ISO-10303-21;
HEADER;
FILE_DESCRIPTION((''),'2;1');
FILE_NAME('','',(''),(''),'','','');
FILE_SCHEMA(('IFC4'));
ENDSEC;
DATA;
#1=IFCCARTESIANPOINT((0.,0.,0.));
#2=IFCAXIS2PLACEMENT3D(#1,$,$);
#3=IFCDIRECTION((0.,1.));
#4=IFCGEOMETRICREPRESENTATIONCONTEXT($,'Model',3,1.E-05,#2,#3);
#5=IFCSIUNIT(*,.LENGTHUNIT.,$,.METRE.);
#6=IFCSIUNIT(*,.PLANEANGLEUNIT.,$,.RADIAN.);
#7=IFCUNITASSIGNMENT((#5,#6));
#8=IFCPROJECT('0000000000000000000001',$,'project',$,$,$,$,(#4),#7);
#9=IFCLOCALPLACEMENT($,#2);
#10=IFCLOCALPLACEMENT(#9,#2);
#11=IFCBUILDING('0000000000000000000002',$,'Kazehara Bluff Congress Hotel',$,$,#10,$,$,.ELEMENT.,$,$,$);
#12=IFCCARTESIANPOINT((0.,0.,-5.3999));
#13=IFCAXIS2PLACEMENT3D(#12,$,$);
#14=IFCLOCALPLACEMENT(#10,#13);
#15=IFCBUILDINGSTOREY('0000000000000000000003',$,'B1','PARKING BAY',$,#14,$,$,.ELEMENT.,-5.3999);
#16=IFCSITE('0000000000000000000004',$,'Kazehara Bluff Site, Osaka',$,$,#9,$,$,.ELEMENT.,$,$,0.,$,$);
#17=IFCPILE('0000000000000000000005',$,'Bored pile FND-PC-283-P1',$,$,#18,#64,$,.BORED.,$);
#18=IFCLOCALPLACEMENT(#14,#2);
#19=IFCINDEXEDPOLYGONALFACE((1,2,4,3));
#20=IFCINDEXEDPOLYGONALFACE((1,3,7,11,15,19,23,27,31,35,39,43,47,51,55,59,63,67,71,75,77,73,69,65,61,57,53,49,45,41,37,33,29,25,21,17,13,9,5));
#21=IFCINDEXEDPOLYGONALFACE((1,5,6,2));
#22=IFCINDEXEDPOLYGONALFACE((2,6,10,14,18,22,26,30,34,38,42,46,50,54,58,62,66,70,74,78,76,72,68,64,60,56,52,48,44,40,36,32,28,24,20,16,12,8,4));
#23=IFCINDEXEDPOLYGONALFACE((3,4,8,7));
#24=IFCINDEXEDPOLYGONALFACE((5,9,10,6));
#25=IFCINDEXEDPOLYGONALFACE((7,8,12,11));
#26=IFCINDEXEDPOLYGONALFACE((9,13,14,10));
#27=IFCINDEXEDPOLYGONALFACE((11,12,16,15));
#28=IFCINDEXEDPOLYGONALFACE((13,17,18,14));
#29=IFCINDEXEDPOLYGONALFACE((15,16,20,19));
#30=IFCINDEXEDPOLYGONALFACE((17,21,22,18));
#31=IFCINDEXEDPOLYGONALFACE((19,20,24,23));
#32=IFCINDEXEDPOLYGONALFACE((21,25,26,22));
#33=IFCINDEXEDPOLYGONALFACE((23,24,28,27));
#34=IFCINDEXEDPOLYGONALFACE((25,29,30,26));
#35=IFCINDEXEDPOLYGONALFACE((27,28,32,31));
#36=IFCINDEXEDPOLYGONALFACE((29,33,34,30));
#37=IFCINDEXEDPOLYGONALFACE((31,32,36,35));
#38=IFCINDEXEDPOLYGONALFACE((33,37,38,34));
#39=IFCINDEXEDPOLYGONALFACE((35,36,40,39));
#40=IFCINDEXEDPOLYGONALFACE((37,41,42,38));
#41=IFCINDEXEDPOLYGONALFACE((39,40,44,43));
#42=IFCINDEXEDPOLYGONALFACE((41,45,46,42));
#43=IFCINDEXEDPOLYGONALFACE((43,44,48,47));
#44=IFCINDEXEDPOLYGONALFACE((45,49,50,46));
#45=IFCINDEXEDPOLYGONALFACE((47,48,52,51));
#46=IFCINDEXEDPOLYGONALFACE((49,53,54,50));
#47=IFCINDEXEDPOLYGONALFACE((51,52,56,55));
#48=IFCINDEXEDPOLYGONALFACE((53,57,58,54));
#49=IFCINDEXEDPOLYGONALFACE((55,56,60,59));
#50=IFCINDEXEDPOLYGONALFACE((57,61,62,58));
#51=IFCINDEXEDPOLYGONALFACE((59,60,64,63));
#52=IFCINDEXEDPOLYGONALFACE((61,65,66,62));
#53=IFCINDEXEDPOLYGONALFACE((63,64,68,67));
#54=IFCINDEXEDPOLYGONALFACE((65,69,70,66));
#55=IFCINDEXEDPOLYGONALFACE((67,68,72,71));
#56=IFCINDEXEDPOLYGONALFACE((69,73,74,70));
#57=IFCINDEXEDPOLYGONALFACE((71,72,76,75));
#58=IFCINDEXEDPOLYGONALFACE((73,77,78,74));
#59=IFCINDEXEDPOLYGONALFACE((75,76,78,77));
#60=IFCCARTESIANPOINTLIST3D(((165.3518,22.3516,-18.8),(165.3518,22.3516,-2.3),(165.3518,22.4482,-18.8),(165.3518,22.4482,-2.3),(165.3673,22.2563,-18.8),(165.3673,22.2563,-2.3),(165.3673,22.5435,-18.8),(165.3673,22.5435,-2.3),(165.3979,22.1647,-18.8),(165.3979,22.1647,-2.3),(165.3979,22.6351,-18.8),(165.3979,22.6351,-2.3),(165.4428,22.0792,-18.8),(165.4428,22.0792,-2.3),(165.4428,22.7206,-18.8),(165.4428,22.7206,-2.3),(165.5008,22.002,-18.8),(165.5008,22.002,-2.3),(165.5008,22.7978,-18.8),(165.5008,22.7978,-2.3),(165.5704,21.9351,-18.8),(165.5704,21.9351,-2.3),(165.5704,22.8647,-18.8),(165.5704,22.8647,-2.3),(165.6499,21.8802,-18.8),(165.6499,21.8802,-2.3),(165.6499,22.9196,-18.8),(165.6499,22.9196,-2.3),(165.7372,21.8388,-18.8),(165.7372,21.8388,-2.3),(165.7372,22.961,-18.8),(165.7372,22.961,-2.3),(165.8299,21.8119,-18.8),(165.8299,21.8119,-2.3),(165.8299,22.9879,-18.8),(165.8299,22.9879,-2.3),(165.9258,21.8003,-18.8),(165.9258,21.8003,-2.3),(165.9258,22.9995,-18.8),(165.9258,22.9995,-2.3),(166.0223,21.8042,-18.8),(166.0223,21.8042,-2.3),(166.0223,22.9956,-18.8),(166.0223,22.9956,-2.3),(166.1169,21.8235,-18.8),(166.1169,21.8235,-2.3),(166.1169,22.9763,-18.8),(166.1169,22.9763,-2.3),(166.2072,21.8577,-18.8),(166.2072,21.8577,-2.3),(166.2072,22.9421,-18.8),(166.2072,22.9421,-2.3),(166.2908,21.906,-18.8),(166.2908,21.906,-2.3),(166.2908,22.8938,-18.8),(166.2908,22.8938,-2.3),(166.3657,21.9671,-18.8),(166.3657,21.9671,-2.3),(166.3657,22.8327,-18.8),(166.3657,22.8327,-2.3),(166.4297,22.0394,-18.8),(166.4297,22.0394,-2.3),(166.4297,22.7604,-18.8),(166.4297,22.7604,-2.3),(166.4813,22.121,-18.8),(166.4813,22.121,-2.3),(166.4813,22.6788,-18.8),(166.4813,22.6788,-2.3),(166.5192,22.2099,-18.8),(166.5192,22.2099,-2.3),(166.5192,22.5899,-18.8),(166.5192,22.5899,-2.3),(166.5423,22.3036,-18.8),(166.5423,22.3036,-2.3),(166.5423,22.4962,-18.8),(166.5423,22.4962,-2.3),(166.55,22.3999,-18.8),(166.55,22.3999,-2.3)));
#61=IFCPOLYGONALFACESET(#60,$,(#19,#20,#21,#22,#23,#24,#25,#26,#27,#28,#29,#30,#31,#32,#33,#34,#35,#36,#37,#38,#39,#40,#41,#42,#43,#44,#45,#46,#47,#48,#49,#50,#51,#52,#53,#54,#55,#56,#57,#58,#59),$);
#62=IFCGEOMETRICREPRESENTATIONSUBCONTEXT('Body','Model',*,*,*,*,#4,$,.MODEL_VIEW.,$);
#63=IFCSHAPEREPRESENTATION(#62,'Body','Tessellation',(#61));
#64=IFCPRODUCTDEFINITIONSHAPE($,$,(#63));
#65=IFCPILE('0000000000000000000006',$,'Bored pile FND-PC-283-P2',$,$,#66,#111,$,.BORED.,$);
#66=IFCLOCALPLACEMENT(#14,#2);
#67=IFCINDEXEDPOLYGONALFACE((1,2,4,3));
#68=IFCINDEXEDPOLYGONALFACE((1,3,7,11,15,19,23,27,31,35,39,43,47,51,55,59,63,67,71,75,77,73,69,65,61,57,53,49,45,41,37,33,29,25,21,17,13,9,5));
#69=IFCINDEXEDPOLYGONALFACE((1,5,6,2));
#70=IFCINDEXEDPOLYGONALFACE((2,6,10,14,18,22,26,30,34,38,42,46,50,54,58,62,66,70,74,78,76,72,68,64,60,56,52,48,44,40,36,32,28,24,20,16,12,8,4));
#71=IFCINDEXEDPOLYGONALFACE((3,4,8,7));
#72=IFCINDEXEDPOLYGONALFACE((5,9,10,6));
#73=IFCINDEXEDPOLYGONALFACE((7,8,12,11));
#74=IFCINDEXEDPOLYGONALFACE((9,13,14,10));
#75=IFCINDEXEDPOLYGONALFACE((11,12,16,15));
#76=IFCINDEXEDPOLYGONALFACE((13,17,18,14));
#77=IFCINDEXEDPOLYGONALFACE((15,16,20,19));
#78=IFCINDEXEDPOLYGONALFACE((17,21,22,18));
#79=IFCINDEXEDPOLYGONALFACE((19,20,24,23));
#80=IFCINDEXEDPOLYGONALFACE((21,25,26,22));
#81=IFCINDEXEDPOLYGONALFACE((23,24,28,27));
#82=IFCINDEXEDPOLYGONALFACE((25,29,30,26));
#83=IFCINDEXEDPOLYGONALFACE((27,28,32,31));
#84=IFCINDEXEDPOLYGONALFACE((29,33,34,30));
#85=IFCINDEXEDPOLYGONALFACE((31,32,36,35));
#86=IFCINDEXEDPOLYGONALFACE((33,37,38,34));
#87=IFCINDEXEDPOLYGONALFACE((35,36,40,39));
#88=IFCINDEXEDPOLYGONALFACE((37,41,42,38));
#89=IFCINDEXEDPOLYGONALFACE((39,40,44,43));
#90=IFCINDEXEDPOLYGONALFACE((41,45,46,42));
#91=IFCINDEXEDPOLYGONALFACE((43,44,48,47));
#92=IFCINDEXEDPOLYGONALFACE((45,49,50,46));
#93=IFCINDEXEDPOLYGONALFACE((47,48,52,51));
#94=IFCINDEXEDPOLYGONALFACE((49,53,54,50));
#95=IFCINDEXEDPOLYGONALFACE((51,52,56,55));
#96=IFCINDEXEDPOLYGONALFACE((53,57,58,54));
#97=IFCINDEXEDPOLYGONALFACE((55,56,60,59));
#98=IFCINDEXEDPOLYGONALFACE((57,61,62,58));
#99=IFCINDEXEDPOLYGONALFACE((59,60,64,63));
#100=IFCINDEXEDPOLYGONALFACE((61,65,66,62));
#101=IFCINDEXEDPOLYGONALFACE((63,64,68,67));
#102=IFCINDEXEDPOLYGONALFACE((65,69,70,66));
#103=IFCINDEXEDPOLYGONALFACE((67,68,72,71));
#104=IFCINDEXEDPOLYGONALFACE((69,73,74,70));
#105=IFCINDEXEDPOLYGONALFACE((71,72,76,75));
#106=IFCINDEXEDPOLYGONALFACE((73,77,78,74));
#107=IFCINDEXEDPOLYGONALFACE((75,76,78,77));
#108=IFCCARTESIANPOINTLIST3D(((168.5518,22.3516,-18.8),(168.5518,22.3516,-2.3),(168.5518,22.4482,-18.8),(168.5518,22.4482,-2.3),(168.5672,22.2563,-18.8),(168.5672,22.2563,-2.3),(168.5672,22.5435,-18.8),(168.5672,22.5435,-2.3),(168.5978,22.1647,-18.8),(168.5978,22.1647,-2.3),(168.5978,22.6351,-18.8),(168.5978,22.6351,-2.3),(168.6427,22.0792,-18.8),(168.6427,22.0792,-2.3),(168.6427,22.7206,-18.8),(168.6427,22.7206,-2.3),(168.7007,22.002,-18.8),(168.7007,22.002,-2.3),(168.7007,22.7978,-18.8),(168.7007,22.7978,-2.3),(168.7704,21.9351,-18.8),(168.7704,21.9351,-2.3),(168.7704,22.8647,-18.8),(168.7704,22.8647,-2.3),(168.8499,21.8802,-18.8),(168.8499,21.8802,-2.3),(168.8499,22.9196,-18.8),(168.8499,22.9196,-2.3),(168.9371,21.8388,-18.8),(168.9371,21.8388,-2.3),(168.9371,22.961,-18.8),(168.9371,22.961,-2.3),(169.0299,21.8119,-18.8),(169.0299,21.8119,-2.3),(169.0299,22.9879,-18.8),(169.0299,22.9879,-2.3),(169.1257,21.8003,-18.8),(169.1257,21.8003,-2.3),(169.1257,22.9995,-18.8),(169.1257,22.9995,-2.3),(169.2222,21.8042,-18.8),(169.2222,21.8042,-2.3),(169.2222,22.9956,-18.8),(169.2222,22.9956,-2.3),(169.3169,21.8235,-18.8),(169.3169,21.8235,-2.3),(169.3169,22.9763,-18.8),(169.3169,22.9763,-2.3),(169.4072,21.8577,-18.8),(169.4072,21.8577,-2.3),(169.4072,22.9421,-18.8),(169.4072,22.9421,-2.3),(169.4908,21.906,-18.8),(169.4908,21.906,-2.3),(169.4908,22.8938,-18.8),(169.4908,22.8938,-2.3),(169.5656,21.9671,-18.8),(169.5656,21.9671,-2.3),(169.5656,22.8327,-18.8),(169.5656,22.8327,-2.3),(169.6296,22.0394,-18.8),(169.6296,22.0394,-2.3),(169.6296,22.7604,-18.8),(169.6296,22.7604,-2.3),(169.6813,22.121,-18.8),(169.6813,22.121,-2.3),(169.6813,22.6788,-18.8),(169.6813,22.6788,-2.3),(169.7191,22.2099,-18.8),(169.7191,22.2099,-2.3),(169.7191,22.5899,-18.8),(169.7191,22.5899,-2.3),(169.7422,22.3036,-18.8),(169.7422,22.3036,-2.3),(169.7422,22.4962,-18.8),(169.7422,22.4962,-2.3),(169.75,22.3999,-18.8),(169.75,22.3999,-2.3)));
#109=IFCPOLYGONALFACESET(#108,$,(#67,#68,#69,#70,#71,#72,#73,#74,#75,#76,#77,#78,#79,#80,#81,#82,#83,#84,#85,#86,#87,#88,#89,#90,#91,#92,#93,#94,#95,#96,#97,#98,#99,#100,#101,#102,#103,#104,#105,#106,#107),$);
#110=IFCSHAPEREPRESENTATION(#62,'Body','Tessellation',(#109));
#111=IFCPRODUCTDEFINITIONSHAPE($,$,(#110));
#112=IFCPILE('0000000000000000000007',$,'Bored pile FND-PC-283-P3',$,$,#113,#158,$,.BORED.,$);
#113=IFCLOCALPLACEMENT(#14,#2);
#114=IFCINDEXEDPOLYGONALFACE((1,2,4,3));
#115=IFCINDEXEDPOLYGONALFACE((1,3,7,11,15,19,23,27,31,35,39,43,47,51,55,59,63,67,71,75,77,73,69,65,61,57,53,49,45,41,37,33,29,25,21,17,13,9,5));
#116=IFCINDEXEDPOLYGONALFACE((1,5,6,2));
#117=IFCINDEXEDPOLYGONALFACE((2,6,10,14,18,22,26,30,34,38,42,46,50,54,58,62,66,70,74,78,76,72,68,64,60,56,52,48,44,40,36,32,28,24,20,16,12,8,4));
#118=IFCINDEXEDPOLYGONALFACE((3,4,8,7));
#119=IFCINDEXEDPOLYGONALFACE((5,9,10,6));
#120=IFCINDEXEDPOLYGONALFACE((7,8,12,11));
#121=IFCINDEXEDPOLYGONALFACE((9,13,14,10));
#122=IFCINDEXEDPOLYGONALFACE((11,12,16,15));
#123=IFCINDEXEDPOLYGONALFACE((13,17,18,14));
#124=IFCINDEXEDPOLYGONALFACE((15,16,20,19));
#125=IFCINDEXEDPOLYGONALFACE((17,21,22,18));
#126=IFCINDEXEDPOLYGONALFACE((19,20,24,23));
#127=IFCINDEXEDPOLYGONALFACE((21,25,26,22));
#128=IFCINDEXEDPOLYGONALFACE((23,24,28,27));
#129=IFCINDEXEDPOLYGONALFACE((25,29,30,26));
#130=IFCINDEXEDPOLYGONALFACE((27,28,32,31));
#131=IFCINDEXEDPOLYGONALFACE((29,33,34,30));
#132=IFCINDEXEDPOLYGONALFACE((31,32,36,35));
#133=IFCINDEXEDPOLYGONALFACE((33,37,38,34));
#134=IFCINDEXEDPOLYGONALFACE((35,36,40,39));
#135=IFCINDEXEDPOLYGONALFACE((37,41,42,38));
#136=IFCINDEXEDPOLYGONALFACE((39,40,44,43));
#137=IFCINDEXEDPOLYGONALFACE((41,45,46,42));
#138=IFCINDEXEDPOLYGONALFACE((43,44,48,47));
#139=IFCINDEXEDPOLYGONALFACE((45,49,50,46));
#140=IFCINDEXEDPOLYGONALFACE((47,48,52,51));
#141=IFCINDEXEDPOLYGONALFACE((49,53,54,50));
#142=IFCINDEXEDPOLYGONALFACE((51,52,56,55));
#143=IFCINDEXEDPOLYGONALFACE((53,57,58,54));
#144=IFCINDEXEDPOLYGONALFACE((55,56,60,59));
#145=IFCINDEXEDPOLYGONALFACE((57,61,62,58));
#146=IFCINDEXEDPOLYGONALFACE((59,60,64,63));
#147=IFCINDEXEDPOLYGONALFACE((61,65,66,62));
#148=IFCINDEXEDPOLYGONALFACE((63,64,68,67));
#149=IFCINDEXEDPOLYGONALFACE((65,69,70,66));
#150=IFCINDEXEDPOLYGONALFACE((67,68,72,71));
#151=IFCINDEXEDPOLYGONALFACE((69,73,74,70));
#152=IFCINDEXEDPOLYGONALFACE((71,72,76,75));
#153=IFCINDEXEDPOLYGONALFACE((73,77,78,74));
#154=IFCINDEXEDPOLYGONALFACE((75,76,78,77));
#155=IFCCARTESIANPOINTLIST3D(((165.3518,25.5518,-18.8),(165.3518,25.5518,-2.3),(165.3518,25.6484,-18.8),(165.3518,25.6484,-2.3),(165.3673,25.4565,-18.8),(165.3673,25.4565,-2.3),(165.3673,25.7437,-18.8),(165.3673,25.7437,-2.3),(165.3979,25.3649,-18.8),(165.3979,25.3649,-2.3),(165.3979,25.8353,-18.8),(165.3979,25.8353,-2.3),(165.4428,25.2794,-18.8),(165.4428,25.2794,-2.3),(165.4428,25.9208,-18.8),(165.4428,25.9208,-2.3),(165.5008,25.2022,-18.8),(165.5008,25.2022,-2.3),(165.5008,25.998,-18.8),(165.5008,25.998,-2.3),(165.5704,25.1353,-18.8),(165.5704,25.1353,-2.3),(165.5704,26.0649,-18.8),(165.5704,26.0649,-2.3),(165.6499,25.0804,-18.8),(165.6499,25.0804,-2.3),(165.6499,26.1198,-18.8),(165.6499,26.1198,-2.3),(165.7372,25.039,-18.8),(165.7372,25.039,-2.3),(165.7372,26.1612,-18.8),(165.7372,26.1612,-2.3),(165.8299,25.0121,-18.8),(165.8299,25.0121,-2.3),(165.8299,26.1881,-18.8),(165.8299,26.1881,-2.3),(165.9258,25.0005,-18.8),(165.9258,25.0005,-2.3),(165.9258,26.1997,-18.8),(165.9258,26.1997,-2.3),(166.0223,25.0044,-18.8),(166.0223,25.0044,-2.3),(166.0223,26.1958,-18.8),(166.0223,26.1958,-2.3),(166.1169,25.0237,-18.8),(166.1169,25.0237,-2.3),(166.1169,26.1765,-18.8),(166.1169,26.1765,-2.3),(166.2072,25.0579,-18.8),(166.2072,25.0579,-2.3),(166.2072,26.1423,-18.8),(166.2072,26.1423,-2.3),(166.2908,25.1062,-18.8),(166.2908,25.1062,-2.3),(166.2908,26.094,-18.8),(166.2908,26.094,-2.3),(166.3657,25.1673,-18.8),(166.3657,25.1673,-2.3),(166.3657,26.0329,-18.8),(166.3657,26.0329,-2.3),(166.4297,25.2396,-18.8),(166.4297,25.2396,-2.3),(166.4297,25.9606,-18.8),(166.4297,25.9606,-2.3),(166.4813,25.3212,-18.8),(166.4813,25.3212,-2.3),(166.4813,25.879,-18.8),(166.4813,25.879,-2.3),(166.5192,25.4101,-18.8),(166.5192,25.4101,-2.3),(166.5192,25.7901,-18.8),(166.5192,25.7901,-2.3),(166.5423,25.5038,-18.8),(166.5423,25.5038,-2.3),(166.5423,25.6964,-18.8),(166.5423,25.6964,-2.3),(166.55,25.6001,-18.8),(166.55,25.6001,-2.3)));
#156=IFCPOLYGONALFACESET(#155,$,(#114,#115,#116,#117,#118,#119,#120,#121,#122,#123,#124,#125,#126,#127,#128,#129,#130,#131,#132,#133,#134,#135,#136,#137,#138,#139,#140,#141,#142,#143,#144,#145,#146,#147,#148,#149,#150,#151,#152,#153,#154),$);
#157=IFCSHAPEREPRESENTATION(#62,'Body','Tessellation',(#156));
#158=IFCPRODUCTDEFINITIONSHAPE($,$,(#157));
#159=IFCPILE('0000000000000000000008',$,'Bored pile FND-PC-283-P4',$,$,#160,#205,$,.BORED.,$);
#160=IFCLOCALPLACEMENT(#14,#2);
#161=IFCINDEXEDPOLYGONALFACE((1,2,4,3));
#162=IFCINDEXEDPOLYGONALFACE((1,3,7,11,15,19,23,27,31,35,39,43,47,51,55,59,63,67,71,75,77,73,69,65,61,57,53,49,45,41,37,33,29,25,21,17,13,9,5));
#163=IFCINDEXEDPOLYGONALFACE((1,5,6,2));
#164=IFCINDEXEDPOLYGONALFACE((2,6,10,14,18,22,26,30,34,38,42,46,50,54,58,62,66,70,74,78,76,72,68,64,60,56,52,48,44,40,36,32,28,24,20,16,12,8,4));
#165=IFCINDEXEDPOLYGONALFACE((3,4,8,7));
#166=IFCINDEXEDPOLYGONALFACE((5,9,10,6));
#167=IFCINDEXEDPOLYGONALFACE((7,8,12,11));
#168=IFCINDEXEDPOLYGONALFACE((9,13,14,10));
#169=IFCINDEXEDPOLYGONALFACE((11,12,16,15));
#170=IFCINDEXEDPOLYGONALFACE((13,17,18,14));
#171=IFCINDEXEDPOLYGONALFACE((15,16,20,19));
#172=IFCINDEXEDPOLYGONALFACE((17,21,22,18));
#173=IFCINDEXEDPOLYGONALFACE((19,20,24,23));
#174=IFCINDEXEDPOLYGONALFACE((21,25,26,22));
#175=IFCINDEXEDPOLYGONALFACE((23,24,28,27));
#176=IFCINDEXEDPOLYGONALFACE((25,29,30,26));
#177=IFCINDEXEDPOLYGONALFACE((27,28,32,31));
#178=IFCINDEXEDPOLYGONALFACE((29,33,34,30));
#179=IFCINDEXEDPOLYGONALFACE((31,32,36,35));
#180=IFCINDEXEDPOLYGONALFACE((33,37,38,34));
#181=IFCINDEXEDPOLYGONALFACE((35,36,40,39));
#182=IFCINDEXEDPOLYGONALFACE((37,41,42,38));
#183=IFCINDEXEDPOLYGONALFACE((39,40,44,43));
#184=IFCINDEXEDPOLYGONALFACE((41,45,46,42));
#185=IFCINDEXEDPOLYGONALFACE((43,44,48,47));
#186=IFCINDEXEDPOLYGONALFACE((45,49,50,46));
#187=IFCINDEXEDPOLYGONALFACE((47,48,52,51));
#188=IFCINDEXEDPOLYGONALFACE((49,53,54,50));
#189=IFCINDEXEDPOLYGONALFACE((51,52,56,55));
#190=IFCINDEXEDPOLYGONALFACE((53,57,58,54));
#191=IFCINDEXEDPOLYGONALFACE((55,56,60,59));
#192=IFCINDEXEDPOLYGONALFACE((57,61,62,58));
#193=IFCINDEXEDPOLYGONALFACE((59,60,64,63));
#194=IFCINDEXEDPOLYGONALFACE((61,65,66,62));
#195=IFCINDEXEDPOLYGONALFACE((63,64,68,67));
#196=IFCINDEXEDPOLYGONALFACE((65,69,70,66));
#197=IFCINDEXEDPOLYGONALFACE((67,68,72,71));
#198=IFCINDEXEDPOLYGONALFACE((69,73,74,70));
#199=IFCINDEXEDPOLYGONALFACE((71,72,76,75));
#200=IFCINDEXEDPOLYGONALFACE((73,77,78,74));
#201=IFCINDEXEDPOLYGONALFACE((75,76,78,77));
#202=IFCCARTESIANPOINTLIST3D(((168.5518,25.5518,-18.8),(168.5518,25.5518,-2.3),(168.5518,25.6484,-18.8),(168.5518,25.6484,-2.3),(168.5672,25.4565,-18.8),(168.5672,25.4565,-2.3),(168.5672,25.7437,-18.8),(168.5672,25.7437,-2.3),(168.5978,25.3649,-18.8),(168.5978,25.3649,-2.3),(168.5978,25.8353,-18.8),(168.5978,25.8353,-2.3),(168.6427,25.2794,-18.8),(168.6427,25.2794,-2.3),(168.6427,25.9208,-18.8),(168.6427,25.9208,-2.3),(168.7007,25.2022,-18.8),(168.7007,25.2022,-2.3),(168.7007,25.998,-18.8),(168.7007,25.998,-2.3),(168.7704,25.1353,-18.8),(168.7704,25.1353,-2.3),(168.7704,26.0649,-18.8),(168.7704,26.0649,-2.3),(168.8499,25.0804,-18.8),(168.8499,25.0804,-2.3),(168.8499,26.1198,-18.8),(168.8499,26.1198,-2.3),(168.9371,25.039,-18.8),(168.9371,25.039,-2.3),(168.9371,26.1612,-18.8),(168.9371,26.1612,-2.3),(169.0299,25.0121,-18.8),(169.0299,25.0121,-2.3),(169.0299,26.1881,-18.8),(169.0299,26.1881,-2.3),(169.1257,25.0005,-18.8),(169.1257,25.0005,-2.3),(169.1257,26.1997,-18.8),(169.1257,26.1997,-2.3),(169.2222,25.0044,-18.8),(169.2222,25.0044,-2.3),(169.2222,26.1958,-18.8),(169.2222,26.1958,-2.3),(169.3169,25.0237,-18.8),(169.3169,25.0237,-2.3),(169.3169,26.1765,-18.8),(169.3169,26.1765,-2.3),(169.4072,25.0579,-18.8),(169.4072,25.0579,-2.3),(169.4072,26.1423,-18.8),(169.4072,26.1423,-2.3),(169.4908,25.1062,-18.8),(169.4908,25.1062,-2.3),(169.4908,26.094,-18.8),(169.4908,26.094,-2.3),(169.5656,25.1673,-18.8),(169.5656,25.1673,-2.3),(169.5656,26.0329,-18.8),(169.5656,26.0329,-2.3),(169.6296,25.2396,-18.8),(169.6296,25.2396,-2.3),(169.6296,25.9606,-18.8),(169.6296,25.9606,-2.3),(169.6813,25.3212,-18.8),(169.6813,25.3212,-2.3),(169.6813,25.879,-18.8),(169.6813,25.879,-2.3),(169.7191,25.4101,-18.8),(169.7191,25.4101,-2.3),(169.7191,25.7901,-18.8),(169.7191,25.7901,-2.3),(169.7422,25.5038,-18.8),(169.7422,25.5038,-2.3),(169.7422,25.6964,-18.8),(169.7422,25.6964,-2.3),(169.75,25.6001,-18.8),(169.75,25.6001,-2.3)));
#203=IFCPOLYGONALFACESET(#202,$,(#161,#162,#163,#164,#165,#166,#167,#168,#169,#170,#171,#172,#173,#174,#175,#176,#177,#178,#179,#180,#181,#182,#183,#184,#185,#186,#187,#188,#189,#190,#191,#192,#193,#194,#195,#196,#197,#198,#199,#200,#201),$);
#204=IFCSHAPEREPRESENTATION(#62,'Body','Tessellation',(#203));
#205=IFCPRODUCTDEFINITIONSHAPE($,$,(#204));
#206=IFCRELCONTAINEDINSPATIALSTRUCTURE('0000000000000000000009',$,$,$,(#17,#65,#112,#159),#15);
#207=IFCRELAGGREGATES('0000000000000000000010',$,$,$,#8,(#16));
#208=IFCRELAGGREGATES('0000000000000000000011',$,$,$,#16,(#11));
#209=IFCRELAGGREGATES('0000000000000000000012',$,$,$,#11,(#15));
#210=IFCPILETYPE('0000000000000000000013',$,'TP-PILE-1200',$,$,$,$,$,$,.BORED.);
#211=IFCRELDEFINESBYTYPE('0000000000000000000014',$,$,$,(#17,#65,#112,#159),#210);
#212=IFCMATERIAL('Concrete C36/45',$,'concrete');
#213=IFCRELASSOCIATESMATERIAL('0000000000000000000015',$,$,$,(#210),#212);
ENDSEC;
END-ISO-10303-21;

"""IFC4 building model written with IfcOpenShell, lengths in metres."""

from ifc_helpers import new_model, si_unit, direction, frame, origin, origin_2d, place, context, subcontext, project, spatial, circle, extrude, material, material_profile, profile_set, type_object, element, save


model = new_model("IFC4")

# Units and contexts
model_context = context("Model", 3, precision=1e-05, world=origin(), true_north=direction((0.0, 1.0)))
body_context = subcontext(model_context, "Body", "Model", "MODEL_VIEW")
ifc_project = project(units=[si_unit("LENGTHUNIT", "METRE"), si_unit("PLANEANGLEUNIT", "RADIAN")], contexts=[model_context])

# Site, building, storey
site_placement = place(None, origin())
site = spatial("IfcSite", under=ifc_project, at=site_placement, Name="Kazehara Bluff Site, Osaka", CompositionType="ELEMENT", RefElevation=0.0)
building_placement = place(site_placement, origin())
building = spatial("IfcBuilding", under=site, at=building_placement, Name="Kazehara Bluff Congress Hotel", CompositionType="ELEMENT")
storey_placement = place(building_placement, frame((0.0, 0.0, -5.3999)))
storey = spatial("IfcBuildingStorey", under=building, at=storey_placement, Name="B1", Description="PARKING BAY", CompositionType="ELEMENT", Elevation=-5.3999)

# Piles
ifc_material_1 = material(Name="Concrete C36/45", Category="concrete")
ifc_material_profile_1 = material_profile(ifc_material_1, circle(Radius=0.6001, at=origin_2d()))
ifc_profile_set_1 = profile_set([ifc_material_profile_1], Name="Concrete C36/45")
pile_type_1 = type_object("IfcPileType", Name="TP-PILE-1200", PredefinedType="BORED", material=ifc_profile_set_1)
for number, where, z_axis, x_axis, name in (
    (1, (165.95, 22.3999, -2.3), (0.0, 0.0, -1.0), (1.0, 0.0, 0.0), "Bored pile FND-PC-283-P1"),
    (2, (169.1499, 22.3999, -2.3), (0.0, 0.0, -1.0), (1.0, 0.0, 0.0), "Bored pile FND-PC-283-P2"),
    (3, (165.95, 25.6001, -2.3), (0.0, 0.0, -1.0), (1.0, 0.0, 0.0), "Bored pile FND-PC-283-P3"),
    (4, (169.1499, 25.6001, -2.3), (0.0, 0.0, -1.0), (1.0, 0.0, 0.0), "Bored pile FND-PC-283-P4"),
):
    element("IfcPile", number, at=place(storey_placement, frame(where, z_axis=z_axis, x_axis=x_axis)), inside=storey, type_object=pile_type_1, Name=name, PredefinedType="BORED", context=body_context, shape_type="SweptSolid", body=[
        extrude(circle(Radius=0.6001, at=origin_2d()), origin(), (0.0, 0.0, 1.0), 16.5),
    ])

save(model, "model.ifc")
